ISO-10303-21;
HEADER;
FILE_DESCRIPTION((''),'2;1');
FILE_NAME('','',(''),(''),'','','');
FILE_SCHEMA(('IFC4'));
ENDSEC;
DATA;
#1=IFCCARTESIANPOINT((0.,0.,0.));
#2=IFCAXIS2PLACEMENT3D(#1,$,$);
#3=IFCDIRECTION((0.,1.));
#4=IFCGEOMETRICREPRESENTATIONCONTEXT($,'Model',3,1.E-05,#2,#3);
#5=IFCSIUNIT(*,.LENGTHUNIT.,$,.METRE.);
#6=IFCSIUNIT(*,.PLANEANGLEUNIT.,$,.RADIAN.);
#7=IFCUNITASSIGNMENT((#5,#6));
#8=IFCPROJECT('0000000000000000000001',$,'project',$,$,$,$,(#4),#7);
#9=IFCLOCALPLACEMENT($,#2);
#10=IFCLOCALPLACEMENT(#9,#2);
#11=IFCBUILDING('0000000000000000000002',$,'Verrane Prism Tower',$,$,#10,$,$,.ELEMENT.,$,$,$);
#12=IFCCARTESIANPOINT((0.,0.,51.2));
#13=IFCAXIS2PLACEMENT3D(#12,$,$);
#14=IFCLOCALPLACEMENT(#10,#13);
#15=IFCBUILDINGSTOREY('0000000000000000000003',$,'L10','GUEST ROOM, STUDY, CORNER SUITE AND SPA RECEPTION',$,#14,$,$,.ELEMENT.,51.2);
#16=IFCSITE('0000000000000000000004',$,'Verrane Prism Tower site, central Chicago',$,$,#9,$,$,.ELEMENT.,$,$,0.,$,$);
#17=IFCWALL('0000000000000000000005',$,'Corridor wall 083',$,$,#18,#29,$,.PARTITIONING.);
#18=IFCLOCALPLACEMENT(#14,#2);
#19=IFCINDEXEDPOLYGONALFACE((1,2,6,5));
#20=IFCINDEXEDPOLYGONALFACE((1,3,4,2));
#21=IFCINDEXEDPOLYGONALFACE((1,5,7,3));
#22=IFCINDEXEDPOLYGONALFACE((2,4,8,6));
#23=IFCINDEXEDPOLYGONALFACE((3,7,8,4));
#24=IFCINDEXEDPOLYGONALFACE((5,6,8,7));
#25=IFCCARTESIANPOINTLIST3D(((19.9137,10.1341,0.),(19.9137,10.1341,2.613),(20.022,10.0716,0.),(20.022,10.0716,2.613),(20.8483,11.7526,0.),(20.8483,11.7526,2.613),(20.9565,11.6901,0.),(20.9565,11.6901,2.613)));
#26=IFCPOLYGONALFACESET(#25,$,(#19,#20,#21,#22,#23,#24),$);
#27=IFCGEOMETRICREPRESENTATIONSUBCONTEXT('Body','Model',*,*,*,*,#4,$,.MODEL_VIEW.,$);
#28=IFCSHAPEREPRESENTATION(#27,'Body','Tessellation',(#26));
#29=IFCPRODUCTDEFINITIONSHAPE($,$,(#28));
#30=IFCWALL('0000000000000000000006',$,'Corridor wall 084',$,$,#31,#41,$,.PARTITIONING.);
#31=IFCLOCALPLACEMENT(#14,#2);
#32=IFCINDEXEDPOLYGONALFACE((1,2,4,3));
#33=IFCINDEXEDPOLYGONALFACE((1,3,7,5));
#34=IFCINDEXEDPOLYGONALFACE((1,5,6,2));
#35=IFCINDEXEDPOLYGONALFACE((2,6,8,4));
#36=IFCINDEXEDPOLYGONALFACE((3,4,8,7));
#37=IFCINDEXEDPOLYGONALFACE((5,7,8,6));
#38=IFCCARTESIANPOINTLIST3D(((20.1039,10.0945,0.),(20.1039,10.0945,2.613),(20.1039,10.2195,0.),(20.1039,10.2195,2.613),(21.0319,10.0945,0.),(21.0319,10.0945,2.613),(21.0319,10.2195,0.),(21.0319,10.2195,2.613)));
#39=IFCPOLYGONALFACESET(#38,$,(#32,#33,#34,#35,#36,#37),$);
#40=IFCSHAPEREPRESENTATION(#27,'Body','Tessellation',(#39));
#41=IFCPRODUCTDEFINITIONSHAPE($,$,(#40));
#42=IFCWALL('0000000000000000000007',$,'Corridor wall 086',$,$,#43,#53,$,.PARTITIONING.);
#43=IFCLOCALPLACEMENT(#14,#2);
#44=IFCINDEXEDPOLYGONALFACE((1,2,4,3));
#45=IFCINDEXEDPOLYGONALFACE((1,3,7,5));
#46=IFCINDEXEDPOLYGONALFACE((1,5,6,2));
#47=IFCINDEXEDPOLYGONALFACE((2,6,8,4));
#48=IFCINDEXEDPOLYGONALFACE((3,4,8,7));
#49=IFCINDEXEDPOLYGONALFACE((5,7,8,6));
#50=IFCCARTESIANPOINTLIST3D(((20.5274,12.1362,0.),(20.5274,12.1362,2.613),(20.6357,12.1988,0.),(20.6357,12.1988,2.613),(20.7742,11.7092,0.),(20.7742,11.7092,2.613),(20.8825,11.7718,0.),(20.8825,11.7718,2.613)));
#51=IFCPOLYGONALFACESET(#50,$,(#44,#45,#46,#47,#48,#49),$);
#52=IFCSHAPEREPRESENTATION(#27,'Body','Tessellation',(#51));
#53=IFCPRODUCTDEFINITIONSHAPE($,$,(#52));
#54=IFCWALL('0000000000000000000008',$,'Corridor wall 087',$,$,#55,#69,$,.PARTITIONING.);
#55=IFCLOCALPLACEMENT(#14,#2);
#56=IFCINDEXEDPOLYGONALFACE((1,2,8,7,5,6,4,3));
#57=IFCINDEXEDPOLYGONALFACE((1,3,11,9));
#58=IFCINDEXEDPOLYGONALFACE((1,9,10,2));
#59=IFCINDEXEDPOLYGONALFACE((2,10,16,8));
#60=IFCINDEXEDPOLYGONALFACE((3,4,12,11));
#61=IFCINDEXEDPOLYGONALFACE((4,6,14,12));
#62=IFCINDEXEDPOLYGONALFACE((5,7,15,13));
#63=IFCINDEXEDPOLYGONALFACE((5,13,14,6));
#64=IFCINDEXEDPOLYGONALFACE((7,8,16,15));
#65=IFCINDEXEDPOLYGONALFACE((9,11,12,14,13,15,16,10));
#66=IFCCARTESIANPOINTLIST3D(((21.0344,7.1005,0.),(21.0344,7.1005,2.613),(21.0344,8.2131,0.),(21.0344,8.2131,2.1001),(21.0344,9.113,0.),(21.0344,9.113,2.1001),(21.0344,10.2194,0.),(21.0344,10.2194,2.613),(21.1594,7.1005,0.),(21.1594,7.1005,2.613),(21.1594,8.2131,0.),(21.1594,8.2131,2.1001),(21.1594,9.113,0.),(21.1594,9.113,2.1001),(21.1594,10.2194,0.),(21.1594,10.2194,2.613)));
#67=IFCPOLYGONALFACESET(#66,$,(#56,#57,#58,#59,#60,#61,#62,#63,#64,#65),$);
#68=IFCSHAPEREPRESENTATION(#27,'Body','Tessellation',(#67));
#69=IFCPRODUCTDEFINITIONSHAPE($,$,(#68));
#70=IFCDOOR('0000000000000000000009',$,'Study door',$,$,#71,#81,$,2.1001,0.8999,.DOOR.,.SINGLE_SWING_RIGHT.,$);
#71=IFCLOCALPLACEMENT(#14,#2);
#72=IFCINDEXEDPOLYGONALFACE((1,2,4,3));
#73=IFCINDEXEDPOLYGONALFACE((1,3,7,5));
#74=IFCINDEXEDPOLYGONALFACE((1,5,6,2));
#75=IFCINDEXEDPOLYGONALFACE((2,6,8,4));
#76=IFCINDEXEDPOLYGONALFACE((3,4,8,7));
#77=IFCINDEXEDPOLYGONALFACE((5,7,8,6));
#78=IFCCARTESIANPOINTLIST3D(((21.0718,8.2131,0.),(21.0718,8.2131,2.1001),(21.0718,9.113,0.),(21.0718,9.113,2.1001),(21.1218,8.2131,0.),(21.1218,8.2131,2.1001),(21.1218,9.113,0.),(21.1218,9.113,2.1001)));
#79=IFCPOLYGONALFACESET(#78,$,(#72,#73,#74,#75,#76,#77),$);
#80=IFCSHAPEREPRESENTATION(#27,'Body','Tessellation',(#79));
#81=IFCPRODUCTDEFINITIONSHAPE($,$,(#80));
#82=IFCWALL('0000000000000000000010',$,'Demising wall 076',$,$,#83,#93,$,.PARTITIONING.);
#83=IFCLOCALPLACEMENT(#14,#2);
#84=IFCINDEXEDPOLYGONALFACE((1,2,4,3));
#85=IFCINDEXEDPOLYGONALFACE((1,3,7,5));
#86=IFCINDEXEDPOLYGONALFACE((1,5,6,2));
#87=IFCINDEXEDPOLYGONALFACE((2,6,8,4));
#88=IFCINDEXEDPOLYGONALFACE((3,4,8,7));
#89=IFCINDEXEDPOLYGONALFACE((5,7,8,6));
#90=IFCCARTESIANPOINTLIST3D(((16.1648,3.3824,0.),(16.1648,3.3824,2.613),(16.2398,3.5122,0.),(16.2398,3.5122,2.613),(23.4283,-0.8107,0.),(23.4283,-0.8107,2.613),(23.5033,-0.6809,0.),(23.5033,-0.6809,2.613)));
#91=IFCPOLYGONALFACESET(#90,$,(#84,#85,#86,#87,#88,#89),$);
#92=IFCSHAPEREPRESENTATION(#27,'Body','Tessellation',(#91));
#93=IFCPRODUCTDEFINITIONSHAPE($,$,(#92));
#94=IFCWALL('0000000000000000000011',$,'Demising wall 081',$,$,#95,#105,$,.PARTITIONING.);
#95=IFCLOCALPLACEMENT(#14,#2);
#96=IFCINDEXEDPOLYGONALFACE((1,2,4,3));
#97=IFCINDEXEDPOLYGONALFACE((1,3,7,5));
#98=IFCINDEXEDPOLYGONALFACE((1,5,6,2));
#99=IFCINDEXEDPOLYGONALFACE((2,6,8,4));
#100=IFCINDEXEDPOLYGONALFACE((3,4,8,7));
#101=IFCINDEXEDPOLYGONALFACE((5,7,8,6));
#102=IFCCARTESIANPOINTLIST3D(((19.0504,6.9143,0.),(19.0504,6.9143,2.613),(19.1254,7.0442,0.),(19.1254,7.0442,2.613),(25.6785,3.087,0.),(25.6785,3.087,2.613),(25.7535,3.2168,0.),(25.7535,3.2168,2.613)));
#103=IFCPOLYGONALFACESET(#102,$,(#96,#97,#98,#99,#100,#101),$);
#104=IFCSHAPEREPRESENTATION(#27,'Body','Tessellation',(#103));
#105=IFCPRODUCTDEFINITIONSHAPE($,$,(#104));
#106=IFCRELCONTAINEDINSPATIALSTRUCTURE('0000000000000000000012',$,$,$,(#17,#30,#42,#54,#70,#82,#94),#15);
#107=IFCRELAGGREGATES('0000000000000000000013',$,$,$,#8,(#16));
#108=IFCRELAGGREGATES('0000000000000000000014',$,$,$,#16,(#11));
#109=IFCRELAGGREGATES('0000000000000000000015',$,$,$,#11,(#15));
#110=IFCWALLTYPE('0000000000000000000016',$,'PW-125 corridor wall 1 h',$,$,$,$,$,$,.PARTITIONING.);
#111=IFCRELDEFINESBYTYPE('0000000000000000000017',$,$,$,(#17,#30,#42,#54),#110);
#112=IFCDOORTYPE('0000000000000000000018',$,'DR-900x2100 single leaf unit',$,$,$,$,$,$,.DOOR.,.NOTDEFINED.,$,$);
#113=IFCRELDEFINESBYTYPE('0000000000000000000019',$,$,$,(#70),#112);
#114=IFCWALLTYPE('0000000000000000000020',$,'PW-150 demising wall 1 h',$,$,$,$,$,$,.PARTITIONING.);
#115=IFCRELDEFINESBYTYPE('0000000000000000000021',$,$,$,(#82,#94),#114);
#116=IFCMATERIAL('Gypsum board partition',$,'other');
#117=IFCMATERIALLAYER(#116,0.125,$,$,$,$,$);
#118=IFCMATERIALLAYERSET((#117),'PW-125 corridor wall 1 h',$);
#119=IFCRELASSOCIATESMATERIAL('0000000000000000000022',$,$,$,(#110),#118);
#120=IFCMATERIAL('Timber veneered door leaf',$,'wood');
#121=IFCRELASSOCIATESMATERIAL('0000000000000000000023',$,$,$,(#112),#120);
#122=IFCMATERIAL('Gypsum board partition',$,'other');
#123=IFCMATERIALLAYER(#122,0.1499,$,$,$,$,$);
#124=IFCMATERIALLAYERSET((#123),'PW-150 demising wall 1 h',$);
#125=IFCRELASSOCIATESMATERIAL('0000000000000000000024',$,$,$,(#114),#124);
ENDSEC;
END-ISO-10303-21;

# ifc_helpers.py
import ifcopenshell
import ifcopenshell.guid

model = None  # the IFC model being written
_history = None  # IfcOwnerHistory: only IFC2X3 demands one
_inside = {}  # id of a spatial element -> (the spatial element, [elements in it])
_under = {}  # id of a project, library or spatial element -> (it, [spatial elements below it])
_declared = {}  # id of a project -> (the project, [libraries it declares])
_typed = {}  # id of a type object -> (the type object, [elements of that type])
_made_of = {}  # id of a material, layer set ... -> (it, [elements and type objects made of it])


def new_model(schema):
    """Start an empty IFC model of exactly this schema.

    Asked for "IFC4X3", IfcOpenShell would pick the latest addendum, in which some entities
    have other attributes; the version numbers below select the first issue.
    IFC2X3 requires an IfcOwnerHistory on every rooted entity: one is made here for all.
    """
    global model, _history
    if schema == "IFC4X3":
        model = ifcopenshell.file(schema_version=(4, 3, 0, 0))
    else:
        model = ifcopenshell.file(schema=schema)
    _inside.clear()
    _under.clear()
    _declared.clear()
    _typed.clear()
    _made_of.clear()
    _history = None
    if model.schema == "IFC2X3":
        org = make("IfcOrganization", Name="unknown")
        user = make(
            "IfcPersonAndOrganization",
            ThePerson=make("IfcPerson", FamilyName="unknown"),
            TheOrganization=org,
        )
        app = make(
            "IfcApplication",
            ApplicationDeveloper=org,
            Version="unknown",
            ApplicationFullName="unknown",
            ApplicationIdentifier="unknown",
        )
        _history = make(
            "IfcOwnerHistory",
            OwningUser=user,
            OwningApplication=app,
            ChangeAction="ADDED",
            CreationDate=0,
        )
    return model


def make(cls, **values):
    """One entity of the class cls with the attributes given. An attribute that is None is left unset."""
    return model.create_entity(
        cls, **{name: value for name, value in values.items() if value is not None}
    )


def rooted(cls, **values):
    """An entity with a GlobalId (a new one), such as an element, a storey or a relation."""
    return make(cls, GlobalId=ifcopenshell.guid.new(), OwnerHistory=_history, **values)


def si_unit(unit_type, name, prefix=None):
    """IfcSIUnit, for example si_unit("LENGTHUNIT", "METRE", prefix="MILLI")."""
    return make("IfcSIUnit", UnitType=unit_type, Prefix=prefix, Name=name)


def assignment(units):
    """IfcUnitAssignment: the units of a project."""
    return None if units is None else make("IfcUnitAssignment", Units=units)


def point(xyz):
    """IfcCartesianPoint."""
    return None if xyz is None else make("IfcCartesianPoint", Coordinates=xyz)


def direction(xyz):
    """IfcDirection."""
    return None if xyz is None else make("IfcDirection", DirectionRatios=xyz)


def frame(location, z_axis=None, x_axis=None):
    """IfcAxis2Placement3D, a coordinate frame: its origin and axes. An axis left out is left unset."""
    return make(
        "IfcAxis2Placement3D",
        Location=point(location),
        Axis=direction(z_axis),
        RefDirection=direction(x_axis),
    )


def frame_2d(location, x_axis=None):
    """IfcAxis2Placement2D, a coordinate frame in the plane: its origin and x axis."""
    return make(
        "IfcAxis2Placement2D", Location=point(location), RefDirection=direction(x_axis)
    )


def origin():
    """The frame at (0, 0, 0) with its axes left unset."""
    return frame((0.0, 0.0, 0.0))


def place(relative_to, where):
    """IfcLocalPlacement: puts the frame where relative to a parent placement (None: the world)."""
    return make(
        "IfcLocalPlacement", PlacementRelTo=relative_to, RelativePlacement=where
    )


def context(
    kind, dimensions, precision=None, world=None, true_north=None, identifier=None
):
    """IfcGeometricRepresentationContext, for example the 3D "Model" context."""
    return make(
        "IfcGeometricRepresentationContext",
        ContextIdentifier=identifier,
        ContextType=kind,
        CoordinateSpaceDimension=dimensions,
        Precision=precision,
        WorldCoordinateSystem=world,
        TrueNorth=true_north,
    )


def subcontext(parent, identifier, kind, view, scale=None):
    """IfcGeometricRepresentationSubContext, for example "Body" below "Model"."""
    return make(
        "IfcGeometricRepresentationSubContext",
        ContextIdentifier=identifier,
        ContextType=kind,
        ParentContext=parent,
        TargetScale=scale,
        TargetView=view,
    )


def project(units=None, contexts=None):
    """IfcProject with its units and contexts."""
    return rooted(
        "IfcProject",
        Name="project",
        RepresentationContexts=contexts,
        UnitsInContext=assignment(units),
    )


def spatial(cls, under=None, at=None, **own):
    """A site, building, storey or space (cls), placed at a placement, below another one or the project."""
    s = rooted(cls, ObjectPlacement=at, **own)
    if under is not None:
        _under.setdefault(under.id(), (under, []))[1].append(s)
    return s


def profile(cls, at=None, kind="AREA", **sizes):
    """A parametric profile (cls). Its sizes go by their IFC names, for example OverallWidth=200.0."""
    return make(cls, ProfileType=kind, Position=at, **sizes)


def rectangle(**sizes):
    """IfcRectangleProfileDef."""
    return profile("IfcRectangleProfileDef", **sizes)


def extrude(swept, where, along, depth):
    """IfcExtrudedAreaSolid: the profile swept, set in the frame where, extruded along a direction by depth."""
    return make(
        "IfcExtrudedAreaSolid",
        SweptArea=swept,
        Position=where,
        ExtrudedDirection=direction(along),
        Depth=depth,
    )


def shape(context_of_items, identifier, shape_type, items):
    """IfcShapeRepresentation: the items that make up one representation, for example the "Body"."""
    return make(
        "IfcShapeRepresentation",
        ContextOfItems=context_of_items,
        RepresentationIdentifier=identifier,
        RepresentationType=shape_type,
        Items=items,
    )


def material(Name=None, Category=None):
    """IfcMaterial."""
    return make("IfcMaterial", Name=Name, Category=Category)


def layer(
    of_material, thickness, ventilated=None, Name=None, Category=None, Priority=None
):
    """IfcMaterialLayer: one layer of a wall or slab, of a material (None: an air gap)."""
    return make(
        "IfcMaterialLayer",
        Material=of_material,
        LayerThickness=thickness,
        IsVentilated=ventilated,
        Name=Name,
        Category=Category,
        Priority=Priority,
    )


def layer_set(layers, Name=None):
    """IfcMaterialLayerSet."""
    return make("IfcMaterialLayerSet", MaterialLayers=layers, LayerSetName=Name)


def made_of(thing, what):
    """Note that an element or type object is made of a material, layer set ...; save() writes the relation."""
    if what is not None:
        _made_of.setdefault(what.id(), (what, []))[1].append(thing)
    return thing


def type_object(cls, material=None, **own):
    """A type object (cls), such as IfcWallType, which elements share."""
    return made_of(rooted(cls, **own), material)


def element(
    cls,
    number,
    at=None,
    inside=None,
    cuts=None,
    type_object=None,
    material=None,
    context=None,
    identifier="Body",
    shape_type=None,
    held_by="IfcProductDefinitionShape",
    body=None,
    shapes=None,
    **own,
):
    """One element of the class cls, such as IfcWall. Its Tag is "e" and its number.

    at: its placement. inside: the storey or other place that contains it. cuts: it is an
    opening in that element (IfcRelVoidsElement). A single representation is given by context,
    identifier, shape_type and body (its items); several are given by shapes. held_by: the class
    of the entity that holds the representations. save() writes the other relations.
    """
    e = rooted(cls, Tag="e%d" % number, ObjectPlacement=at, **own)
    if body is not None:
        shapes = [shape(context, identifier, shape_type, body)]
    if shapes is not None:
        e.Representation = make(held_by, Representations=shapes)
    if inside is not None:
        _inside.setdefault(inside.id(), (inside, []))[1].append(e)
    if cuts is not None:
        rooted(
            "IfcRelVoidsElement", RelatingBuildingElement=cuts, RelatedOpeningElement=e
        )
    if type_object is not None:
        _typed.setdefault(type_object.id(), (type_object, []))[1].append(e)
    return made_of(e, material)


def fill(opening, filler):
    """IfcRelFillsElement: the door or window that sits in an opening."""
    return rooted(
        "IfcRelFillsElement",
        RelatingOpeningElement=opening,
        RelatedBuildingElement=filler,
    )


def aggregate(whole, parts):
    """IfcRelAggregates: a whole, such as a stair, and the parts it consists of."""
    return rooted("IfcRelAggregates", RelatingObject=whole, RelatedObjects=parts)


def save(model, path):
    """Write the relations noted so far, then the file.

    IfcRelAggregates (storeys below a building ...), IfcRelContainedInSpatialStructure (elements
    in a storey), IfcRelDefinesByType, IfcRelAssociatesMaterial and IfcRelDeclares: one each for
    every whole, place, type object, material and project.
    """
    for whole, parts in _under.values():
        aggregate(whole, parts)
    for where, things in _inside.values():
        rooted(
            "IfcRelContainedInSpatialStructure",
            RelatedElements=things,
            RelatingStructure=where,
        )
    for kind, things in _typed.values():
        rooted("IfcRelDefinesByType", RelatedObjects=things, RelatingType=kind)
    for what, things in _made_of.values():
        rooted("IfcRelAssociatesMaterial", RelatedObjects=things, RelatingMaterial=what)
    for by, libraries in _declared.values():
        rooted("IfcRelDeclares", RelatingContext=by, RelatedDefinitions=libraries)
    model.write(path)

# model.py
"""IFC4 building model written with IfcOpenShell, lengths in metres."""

from ifc_helpers import new_model, si_unit, direction, frame, frame_2d, origin, place, context, subcontext, project, spatial, rectangle, extrude, material, layer, layer_set, type_object, element, fill, save


model = new_model("IFC4")

# Units and contexts
model_context = context("Model", 3, precision=1e-05, world=origin(), true_north=direction((0.0, 1.0)))
body_context = subcontext(model_context, "Body", "Model", "MODEL_VIEW")
ifc_project = project(units=[si_unit("LENGTHUNIT", "METRE"), si_unit("PLANEANGLEUNIT", "RADIAN")], contexts=[model_context])

# Site, building, storey
site_placement = place(None, origin())
site = spatial("IfcSite", under=ifc_project, at=site_placement, Name="Verrane Prism Tower site, central Chicago", CompositionType="ELEMENT", RefElevation=0.0)
building_placement = place(site_placement, origin())
building = spatial("IfcBuilding", under=site, at=building_placement, Name="Verrane Prism Tower", CompositionType="ELEMENT")
storey_placement = place(building_placement, frame((0.0, 0.0, 51.2)))
storey = spatial("IfcBuildingStorey", under=building, at=storey_placement, Name="L10", Description="GUEST ROOM, STUDY, CORNER SUITE AND SPA RECEPTION", CompositionType="ELEMENT", Elevation=51.2)

# Shared definitions
ifc_material_1 = material(Name="Gypsum board partition", Category="other")
ifc_layer_1 = layer(ifc_material_1, 0.125)
ifc_layer_set_1 = layer_set([ifc_layer_1], Name="PW-125 corridor wall 1 h")
wall_type_1 = type_object("IfcWallType", Name="PW-125 corridor wall 1 h", PredefinedType="PARTITIONING", material=ifc_layer_set_1)
ifc_material_2 = material(Name="Timber veneered door leaf", Category="wood")
door_type_1 = type_object("IfcDoorType", Name="DR-900x2100 single leaf unit", OperationType="NOTDEFINED", PredefinedType="DOOR", material=ifc_material_2)

# Walls
wall_1_placement = place(storey_placement, frame((19.9678, 10.1028, 0.0), z_axis=(0.0, 0.0, 1.0), x_axis=(0.500073, 0.865983, 0.0)))
element("IfcWall", 1, at=wall_1_placement, inside=storey, type_object=wall_type_1, Name="Corridor wall 083", PredefinedType="PARTITIONING", context=body_context, shape_type="SweptSolid", body=[
    extrude(rectangle(XDim=1.8689, YDim=0.125, at=frame_2d((0.9346, 0.0))), origin(), (0.0, 0.0, 1.0), 2.613),
])
wall_2_placement = place(storey_placement, frame((20.104, 10.157, 0.0), z_axis=(0.0, 0.0, 1.0), x_axis=(1.0, 0.0, 0.0)))
element("IfcWall", 2, at=wall_2_placement, inside=storey, type_object=wall_type_1, Name="Corridor wall 084", PredefinedType="PARTITIONING", context=body_context, shape_type="SweptSolid", body=[
    extrude(rectangle(XDim=0.928, YDim=0.125, at=frame_2d((0.4639, 0.0))), origin(), (0.0, 0.0, 1.0), 2.613),
])
wall_3_placement = place(storey_placement, frame((20.5815, 12.1675, 0.0), z_axis=(0.0, 0.0, 1.0), x_axis=(0.500451, -0.865765, 0.0)))
element("IfcWall", 3, at=wall_3_placement, inside=storey, type_object=wall_type_1, Name="Corridor wall 086", PredefinedType="PARTITIONING", context=body_context, shape_type="SweptSolid", body=[
    extrude(rectangle(XDim=0.4932, YDim=0.125, at=frame_2d((0.2466, 0.0))), origin(), (0.0, 0.0, 1.0), 2.613),
])

# Wall, opening, door
wall_4_placement = place(storey_placement, frame((21.0969, 10.2195, 0.0), z_axis=(0.0, 0.0, 1.0), x_axis=(0.0, -1.0, 0.0)))
wall_4 = element("IfcWall", 4, at=wall_4_placement, inside=storey, type_object=wall_type_1, Name="Corridor wall 087", PredefinedType="PARTITIONING", context=body_context, shape_type="SweptSolid", body=[
    extrude(rectangle(XDim=3.1189, YDim=0.125, at=frame_2d((1.5596, 0.0))), origin(), (0.0, 0.0, 1.0), 2.613),
])
opening_1_placement = place(wall_4_placement, frame((1.1064, 0.0, 0.0)))
opening_1 = element("IfcOpeningElement", 5, at=opening_1_placement, cuts=wall_4, PredefinedType="OPENING", context=body_context, shape_type="SweptSolid", body=[
    extrude(rectangle(XDim=0.8999, YDim=2.1001, at=frame_2d((0.45, 1.05))), frame((0.0, 0.0725, 0.0), z_axis=(0.0, -1.0, 0.0), x_axis=(1.0, 0.0, 0.0)), (0.0, 0.0, 1.0), 0.145),
])
door_1_placement = place(opening_1_placement, origin())
door_1 = element("IfcDoor", 6, at=door_1_placement, inside=storey, type_object=door_type_1, Name="Study door", OperationType="SINGLE_SWING_RIGHT", OverallHeight=2.1001, OverallWidth=0.8999, PredefinedType="DOOR", context=body_context, shape_type="SweptSolid", body=[
    extrude(rectangle(XDim=0.8999, YDim=2.1001, at=frame_2d((0.45, 1.05))), frame((0.0, 0.0249, 0.0), z_axis=(0.0, -1.0, 0.0), x_axis=(1.0, 0.0, 0.0)), (0.0, 0.0, 1.0), 0.05),
])
fill(opening_1, door_1)

# Walls
ifc_material_3 = material(Name="Gypsum board partition", Category="other")
ifc_layer_2 = layer(ifc_material_3, 0.1499)
ifc_layer_set_2 = layer_set([ifc_layer_2], Name="PW-150 demising wall 1 h")
wall_type_2 = type_object("IfcWallType", Name="PW-150 demising wall 1 h", PredefinedType="PARTITIONING", material=ifc_layer_set_2)
wall_5_placement = place(storey_placement, frame((16.2024, 3.4473, 0.0), z_axis=(0.0, 0.0, 1.0), x_axis=(0.866047, -0.499962, 0.0)))
element("IfcWall", 7, at=wall_5_placement, inside=storey, type_object=wall_type_2, Name="Demising wall 076", PredefinedType="PARTITIONING", context=body_context, shape_type="SweptSolid", body=[
    extrude(rectangle(XDim=8.387, YDim=0.1499, at=frame_2d((4.1934, 0.0))), origin(), (0.0, 0.0, 1.0), 2.613),
])
wall_6_placement = place(storey_placement, frame((19.0879, 6.9792, 0.0), z_axis=(0.0, 0.0, 1.0), x_axis=(0.865991, -0.50006, 0.0)))
element("IfcWall", 8, at=wall_6_placement, inside=storey, type_object=wall_type_2, Name="Demising wall 081", PredefinedType="PARTITIONING", context=body_context, shape_type="SweptSolid", body=[
    extrude(rectangle(XDim=7.6538, YDim=0.1499, at=frame_2d((3.8269, 0.0))), origin(), (0.0, 0.0, 1.0), 2.613),
])

save(model, "model.ifc")
